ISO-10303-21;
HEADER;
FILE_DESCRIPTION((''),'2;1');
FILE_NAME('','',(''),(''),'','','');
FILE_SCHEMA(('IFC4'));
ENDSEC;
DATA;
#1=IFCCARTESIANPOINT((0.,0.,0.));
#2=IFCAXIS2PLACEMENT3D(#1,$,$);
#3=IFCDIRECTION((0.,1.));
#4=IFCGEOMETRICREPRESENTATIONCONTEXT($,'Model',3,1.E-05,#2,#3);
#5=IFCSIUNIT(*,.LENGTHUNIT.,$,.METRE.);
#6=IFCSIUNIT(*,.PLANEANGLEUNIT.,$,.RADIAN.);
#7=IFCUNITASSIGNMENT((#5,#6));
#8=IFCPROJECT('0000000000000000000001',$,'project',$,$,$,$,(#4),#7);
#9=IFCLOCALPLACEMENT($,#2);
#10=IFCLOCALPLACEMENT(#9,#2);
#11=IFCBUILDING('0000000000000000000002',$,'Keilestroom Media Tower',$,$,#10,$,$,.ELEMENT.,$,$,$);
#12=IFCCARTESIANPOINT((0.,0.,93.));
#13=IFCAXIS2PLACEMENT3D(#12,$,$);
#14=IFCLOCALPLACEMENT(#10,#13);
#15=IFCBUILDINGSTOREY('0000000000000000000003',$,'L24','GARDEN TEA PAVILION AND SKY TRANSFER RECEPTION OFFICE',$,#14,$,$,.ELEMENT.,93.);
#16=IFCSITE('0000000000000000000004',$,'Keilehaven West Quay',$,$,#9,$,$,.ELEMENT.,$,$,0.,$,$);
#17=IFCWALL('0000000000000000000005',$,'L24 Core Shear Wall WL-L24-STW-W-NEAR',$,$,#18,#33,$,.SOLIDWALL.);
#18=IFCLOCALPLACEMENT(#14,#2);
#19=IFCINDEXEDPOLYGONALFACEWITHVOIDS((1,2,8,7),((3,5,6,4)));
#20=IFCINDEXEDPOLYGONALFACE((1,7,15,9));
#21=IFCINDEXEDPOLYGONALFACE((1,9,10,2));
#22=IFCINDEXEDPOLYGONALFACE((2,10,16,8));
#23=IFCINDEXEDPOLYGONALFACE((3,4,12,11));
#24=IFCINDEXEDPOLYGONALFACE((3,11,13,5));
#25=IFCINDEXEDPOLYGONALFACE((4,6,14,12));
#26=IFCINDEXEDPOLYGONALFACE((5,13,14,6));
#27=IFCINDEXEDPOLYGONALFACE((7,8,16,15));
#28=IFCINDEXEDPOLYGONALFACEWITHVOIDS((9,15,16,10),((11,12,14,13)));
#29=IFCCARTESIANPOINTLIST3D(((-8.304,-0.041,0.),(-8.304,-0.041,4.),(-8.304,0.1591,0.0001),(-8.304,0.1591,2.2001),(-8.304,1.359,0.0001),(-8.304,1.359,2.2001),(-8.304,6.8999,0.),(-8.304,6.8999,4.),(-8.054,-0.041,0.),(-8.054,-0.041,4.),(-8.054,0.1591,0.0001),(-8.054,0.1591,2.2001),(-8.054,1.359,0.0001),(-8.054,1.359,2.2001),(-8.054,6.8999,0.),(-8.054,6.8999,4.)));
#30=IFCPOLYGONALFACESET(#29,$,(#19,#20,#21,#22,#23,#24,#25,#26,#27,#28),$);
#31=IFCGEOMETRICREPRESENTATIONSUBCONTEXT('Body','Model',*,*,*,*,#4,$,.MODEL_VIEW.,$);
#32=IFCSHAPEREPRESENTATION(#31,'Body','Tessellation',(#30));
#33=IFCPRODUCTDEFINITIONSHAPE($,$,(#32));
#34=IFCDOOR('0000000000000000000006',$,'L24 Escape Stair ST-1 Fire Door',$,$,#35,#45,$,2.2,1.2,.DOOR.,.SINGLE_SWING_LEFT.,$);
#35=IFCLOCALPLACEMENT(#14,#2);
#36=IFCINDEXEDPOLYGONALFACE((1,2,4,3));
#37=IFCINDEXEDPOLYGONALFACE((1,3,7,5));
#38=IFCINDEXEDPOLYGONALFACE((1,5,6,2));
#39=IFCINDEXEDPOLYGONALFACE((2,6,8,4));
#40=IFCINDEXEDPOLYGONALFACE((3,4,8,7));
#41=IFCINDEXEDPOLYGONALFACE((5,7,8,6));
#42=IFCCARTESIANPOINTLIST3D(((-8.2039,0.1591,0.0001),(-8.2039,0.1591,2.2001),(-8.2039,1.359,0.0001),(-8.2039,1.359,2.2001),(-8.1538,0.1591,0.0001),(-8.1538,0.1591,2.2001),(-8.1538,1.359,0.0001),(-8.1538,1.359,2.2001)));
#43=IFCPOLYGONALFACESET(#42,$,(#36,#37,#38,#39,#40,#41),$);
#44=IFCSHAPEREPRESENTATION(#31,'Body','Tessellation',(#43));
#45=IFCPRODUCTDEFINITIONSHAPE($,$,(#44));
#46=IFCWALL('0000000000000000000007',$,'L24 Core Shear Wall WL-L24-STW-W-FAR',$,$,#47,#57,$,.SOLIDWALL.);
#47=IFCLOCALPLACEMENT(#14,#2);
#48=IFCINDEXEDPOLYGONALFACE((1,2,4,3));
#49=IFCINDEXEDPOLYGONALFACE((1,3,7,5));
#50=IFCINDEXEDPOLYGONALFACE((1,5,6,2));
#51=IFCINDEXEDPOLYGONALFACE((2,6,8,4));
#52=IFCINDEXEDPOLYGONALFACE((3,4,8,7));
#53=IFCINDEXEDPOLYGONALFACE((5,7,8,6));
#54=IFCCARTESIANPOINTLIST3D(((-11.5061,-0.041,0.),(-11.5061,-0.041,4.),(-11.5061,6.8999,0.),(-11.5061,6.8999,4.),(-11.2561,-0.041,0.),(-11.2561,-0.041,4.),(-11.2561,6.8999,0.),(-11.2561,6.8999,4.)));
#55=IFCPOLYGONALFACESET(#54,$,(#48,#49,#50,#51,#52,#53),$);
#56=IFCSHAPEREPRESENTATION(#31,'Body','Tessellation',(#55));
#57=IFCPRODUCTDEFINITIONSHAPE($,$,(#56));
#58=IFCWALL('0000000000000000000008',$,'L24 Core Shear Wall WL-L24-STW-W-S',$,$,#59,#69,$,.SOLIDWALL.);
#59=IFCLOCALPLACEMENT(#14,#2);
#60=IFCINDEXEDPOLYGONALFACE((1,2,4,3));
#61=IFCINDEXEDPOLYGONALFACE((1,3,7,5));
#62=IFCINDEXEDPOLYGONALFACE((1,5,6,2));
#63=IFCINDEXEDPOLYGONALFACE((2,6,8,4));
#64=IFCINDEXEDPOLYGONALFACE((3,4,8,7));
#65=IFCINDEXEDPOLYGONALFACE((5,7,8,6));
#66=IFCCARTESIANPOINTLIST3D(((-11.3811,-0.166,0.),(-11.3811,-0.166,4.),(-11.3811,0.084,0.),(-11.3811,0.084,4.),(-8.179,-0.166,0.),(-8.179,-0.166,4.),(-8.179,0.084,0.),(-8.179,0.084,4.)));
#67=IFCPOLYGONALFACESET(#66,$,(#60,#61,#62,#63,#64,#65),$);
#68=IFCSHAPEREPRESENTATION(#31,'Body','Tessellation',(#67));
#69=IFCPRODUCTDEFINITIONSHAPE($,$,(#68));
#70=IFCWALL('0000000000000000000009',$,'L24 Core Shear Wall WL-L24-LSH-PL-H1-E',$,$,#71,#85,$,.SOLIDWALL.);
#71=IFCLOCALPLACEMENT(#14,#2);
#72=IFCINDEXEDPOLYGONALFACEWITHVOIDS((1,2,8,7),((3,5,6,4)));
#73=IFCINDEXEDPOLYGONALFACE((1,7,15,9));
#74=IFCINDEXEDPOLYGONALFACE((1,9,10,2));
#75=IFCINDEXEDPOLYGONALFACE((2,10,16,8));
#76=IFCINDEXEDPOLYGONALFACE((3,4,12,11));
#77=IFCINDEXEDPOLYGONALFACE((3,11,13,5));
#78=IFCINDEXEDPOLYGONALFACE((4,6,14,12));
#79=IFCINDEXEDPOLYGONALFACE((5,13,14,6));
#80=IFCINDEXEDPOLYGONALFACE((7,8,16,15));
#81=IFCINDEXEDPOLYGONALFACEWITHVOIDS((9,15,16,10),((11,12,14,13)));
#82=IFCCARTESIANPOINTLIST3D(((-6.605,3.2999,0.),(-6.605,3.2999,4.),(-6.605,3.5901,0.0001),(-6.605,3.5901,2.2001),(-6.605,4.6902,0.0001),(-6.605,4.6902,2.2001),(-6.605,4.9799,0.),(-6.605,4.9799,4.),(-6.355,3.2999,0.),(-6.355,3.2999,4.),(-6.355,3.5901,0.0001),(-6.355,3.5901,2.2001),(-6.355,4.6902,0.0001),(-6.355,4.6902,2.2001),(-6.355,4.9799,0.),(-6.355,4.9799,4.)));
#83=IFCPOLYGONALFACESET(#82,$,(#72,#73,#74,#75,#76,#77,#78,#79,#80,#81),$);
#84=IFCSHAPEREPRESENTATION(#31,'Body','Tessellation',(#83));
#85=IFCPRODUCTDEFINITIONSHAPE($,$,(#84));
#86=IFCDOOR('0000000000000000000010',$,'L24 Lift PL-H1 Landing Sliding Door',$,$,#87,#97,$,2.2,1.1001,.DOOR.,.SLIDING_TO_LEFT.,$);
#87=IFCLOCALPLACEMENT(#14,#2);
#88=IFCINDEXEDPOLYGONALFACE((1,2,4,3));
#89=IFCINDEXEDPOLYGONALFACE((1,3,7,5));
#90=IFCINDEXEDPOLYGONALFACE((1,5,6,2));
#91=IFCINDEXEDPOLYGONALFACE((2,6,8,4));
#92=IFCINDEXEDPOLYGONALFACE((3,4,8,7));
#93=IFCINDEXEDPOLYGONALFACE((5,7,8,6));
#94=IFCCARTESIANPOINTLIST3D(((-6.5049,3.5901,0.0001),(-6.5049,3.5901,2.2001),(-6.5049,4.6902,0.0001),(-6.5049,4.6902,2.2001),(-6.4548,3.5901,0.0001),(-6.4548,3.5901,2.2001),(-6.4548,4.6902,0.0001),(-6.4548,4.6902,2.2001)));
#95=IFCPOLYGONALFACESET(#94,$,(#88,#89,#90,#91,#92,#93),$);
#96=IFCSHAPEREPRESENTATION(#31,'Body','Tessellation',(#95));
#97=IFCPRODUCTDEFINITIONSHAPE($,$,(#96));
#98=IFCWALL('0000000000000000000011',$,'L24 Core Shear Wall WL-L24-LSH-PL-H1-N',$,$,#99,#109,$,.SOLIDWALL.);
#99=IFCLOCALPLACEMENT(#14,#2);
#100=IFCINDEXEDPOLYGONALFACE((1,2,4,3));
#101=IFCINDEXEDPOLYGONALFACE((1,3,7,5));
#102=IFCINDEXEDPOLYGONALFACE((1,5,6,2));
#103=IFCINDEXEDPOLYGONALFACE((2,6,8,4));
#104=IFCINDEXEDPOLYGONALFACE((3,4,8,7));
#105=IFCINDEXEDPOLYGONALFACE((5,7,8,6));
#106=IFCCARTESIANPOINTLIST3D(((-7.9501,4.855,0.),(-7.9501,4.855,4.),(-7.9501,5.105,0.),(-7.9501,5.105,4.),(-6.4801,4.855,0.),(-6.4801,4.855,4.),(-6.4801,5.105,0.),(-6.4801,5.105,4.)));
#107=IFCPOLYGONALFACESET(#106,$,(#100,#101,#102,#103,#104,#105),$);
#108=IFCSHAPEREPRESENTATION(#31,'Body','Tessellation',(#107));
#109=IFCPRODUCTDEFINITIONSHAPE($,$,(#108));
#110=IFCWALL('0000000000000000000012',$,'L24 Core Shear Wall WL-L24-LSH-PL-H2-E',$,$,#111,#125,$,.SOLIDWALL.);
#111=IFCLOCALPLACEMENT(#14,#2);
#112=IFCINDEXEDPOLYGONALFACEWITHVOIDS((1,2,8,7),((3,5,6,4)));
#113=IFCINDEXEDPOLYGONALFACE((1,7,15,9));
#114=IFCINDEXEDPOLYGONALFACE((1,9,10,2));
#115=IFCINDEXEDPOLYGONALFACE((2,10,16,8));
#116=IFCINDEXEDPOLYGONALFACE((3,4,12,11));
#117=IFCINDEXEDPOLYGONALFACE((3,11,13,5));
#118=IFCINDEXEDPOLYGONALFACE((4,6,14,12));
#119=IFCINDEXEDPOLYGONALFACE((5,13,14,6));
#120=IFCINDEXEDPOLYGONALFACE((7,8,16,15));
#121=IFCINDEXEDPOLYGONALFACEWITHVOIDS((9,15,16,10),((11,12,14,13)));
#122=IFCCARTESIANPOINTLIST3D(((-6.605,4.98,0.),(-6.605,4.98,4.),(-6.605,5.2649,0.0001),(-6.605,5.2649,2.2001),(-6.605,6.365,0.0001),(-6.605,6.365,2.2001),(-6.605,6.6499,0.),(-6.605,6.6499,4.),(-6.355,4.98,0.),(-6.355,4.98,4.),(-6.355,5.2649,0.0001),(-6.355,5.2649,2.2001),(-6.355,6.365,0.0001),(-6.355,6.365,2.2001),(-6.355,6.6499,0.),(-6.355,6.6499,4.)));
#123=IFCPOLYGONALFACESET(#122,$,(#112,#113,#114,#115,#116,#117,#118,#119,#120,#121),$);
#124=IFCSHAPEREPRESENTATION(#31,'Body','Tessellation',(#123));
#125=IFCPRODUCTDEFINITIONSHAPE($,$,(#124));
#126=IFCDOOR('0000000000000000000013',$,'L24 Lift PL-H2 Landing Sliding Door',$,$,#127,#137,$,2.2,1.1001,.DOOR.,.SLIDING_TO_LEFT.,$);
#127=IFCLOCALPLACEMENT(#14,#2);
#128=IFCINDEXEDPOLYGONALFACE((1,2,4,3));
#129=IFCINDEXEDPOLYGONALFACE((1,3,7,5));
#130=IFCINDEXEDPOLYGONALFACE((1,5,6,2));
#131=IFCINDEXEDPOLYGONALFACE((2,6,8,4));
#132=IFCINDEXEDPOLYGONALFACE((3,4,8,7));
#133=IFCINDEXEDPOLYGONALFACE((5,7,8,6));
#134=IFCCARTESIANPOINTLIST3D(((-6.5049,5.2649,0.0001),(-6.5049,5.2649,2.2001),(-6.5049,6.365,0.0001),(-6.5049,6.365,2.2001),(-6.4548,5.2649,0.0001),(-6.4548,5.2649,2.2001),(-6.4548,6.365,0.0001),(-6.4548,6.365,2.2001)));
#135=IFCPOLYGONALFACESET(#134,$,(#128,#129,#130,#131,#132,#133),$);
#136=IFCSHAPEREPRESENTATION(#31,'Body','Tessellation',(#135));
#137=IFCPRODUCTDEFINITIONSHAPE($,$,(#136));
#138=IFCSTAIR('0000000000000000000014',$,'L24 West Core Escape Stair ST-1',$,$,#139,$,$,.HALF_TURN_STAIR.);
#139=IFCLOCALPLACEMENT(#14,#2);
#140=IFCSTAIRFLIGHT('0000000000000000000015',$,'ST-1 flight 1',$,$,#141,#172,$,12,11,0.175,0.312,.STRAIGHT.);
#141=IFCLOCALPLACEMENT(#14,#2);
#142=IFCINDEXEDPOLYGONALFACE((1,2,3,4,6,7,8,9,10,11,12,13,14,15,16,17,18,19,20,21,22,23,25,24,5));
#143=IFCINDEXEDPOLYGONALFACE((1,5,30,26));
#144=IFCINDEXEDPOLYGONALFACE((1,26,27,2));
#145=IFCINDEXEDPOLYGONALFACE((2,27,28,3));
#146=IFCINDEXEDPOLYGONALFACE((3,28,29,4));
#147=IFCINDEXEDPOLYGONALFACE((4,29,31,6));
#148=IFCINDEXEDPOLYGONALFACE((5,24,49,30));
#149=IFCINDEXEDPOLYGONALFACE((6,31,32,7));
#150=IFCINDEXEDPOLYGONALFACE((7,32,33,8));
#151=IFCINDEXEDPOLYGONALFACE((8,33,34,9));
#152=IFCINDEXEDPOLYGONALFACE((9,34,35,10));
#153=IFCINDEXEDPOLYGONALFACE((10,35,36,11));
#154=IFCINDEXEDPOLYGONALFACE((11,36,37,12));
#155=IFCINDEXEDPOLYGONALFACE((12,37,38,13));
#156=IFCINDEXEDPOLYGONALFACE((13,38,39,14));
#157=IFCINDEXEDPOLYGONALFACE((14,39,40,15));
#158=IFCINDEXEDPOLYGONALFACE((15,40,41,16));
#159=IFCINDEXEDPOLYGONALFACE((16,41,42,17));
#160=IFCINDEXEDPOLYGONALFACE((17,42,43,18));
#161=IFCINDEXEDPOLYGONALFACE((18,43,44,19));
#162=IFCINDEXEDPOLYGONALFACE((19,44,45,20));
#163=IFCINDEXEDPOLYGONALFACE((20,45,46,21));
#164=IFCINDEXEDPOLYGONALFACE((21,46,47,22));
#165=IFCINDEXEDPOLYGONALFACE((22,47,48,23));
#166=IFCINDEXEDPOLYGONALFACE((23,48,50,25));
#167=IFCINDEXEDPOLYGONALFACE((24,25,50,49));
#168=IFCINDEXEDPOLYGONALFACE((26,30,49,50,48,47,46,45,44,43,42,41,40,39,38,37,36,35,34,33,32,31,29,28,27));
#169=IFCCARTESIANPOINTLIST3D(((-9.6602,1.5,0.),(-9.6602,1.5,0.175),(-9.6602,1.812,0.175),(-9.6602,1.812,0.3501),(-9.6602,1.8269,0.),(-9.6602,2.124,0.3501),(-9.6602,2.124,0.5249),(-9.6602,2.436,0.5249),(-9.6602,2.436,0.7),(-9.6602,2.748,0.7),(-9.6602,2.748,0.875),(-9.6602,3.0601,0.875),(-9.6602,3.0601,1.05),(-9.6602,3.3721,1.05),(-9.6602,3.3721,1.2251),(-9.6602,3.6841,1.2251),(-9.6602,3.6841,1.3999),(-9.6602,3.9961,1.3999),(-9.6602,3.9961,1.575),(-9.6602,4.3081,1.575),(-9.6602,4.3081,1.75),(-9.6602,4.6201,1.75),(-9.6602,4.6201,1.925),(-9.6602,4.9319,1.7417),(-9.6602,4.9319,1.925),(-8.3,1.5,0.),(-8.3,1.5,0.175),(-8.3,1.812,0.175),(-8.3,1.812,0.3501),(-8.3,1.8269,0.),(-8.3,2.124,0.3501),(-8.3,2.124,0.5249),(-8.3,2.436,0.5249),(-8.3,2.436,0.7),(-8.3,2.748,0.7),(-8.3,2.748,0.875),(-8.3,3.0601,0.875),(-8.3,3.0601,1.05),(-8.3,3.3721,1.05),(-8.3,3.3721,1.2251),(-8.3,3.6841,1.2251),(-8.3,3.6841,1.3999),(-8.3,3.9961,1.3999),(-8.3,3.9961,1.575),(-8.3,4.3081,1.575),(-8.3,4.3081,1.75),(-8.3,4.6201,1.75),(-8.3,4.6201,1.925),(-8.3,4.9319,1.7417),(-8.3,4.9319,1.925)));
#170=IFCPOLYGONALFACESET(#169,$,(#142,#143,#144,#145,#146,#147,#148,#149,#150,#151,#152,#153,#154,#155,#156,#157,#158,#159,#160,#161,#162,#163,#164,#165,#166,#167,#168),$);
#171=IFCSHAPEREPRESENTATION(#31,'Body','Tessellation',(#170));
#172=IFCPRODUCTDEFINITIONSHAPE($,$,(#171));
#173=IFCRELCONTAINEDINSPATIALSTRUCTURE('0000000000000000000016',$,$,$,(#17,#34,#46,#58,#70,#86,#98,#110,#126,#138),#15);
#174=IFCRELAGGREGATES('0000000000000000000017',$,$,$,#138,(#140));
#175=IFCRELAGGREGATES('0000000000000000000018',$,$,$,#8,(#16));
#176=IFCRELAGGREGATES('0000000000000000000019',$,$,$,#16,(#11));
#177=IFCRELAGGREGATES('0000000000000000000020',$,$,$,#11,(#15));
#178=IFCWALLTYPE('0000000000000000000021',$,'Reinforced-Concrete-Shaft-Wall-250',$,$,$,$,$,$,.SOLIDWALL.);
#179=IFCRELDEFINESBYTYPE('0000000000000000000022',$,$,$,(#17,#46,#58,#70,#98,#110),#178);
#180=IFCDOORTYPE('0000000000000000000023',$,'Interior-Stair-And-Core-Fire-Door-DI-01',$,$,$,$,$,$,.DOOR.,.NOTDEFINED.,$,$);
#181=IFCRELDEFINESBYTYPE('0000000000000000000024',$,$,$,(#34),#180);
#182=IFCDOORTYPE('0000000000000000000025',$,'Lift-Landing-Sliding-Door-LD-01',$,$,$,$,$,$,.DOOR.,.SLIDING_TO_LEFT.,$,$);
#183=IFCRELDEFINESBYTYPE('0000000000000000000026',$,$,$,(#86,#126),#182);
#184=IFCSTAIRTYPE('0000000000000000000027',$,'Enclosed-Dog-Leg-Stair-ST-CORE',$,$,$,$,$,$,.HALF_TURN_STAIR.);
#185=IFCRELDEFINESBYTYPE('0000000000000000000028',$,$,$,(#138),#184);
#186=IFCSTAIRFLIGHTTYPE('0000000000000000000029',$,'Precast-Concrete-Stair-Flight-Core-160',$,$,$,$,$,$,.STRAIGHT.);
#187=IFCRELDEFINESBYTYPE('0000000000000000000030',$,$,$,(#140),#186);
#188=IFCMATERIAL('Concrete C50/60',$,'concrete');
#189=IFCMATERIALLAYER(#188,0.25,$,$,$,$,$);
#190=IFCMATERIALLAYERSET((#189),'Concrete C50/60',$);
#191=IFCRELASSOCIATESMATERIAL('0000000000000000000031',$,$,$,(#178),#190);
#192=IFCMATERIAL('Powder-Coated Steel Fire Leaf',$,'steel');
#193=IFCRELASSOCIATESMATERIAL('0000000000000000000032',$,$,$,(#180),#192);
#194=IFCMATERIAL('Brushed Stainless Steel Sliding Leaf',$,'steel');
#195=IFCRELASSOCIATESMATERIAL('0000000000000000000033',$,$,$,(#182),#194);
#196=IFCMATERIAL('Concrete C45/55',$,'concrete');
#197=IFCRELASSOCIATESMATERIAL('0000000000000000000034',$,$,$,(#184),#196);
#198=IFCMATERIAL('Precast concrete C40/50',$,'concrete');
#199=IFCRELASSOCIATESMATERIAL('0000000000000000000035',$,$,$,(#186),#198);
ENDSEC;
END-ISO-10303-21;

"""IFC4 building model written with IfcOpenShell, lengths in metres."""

from ifc_helpers import new_model, si_unit, direction, frame, frame_2d, origin, place, context, subcontext, project, spatial, polyline, rectangle, outline, extrude, source, transform, mapped, material, layer, layer_set, type_object, element, fill, aggregate, save


model = new_model("IFC4")

# Units and contexts
model_context = context("Model", 3, precision=1e-05, world=origin(), true_north=direction((0.0, 1.0)))
body_context = subcontext(model_context, "Body", "Model", "MODEL_VIEW")
ifc_project = project(units=[si_unit("LENGTHUNIT", "METRE"), si_unit("PLANEANGLEUNIT", "RADIAN")], contexts=[model_context])

# Site, building, storey
site_placement = place(None, origin())
site = spatial("IfcSite", under=ifc_project, at=site_placement, Name="Keilehaven West Quay", CompositionType="ELEMENT", RefElevation=0.0)
building_placement = place(site_placement, origin())
building = spatial("IfcBuilding", under=site, at=building_placement, Name="Keilestroom Media Tower", CompositionType="ELEMENT")
storey_placement = place(building_placement, frame((0.0, 0.0, 93.0)))
storey = spatial("IfcBuildingStorey", under=building, at=storey_placement, Name="L24", Description="GARDEN TEA PAVILION AND SKY TRANSFER RECEPTION OFFICE", CompositionType="ELEMENT", Elevation=93.0)

# Shared definitions
ifc_material_1 = material(Name="Concrete C50/60", Category="concrete")

# Shared definitions
ifc_layer_1 = layer(ifc_material_1, 0.25)
ifc_layer_set_1 = layer_set([ifc_layer_1], Name="Concrete C50/60")
wall_type_1 = type_object("IfcWallType", Name="Reinforced-Concrete-Shaft-Wall-250", PredefinedType="SOLIDWALL", material=ifc_layer_set_1)

# Wall, opening, door
wall_1_placement = place(storey_placement, frame((-8.179, -0.041, 0.0), z_axis=(0.0, 0.0, 1.0), x_axis=(0.0, 1.0, 0.0)))
wall_1 = element("IfcWall", 1, at=wall_1_placement, inside=storey, type_object=wall_type_1, Name="L24 Core Shear Wall WL-L24-STW-W-NEAR", PredefinedType="SOLIDWALL", context=body_context, shape_type="SweptSolid", body=[
    extrude(rectangle(XDim=6.9409, YDim=0.25, at=frame_2d((3.4705, 0.0))), origin(), (0.0, 0.0, 1.0), 4.0),
])
opening_1_placement = place(wall_1_placement, frame((0.2, 0.0, 0.0)))
opening_1 = element("IfcOpeningElement", 2, at=opening_1_placement, cuts=wall_1, PredefinedType="OPENING", context=body_context, shape_type="SweptSolid", body=[
    extrude(rectangle(XDim=1.2, YDim=2.2, at=frame_2d((0.6001, 1.1001))), frame((0.0, 0.135, 0.0), z_axis=(0.0, -1.0, 0.0), x_axis=(1.0, 0.0, 0.0)), (0.0, 0.0, 1.0), 0.27),
])
ifc_material_2 = material(Name="Powder-Coated Steel Fire Leaf", Category="steel")
door_type_1 = type_object("IfcDoorType", Name="Interior-Stair-And-Core-Fire-Door-DI-01", OperationType="NOTDEFINED", PredefinedType="DOOR", material=ifc_material_2)
shared_shape_1 = source(origin(), body_context, "Body", "SweptSolid", [
    extrude(rectangle(XDim=1.2, YDim=2.2, at=frame_2d((0.6001, 1.1001))), frame((0.0, 0.0249, 0.0), z_axis=(0.0, -1.0, 0.0), x_axis=(1.0, 0.0, 0.0)), (0.0, 0.0, 1.0), 0.05),
])
door_1_placement = place(opening_1_placement, origin())
door_1 = element("IfcDoor", 3, at=door_1_placement, inside=storey, type_object=door_type_1, Name="L24 Escape Stair ST-1 Fire Door", OperationType="SINGLE_SWING_LEFT", OverallHeight=2.2, OverallWidth=1.2, PredefinedType="DOOR", context=body_context, shape_type="MappedRepresentation", body=[
    mapped(shared_shape_1, transform((0.0, 0.0, 0.0), x_axis=(1.0, 0.0, 0.0), y_axis=(0.0, 1.0, 0.0), z_axis=(0.0, 0.0, 1.0), scale=1.0)),
])
fill(opening_1, door_1)

# Walls
wall_2_placement = place(storey_placement, frame((-11.3811, -0.041, 0.0), z_axis=(0.0, 0.0, 1.0), x_axis=(0.0, 1.0, 0.0)))
element("IfcWall", 4, at=wall_2_placement, inside=storey, type_object=wall_type_1, Name="L24 Core Shear Wall WL-L24-STW-W-FAR", PredefinedType="SOLIDWALL", context=body_context, shape_type="SweptSolid", body=[
    extrude(rectangle(XDim=6.9409, YDim=0.25, at=frame_2d((3.4705, 0.0))), origin(), (0.0, 0.0, 1.0), 4.0),
])
wall_3_placement = place(storey_placement, frame((-11.3811, -0.041, 0.0), z_axis=(0.0, 0.0, 1.0), x_axis=(1.0, 0.0, 0.0)))
element("IfcWall", 5, at=wall_3_placement, inside=storey, type_object=wall_type_1, Name="L24 Core Shear Wall WL-L24-STW-W-S", PredefinedType="SOLIDWALL", context=body_context, shape_type="SweptSolid", body=[
    extrude(rectangle(XDim=3.2021, YDim=0.25, at=frame_2d((1.6011, 0.0))), origin(), (0.0, 0.0, 1.0), 4.0),
])

# Wall, opening, door
wall_4_placement = place(storey_placement, frame((-6.48, 3.3, 0.0), z_axis=(0.0, 0.0, 1.0), x_axis=(0.0, 1.0, 0.0)))
wall_4 = element("IfcWall", 6, at=wall_4_placement, inside=storey, type_object=wall_type_1, Name="L24 Core Shear Wall WL-L24-LSH-PL-H1-E", PredefinedType="SOLIDWALL", context=body_context, shape_type="SweptSolid", body=[
    extrude(rectangle(XDim=1.6799, YDim=0.25, at=frame_2d((0.8398, 0.0))), origin(), (0.0, 0.0, 1.0), 4.0),
])
opening_2_placement = place(wall_4_placement, frame((0.29, 0.0, 0.0)))
opening_2 = element("IfcOpeningElement", 7, at=opening_2_placement, cuts=wall_4, PredefinedType="OPENING", context=body_context, shape_type="SweptSolid", body=[
    extrude(rectangle(XDim=1.1001, YDim=2.2, at=frame_2d((0.55, 1.1001))), frame((0.0, 0.135, 0.0), z_axis=(0.0, -1.0, 0.0), x_axis=(1.0, 0.0, 0.0)), (0.0, 0.0, 1.0), 0.27),
])
ifc_material_3 = material(Name="Brushed Stainless Steel Sliding Leaf", Category="steel")
door_type_2 = type_object("IfcDoorType", Name="Lift-Landing-Sliding-Door-LD-01", OperationType="SLIDING_TO_LEFT", PredefinedType="DOOR", material=ifc_material_3)
shared_shape_2 = source(origin(), body_context, "Body", "SweptSolid", [
    extrude(rectangle(XDim=1.1001, YDim=2.2, at=frame_2d((0.55, 1.1001))), frame((0.0, 0.0249, 0.0), z_axis=(0.0, -1.0, 0.0), x_axis=(1.0, 0.0, 0.0)), (0.0, 0.0, 1.0), 0.05),
])
door_2_placement = place(opening_2_placement, origin())
door_2 = element("IfcDoor", 8, at=door_2_placement, inside=storey, type_object=door_type_2, Name="L24 Lift PL-H1 Landing Sliding Door", OperationType="SLIDING_TO_LEFT", OverallHeight=2.2, OverallWidth=1.1001, PredefinedType="DOOR", context=body_context, shape_type="MappedRepresentation", body=[
    mapped(shared_shape_2, transform((0.0, 0.0, 0.0), x_axis=(1.0, 0.0, 0.0), y_axis=(0.0, 1.0, 0.0), z_axis=(0.0, 0.0, 1.0), scale=1.0)),
])
fill(opening_2, door_2)

# Wall
wall_5_placement = place(storey_placement, frame((-7.95, 4.98, 0.0), z_axis=(0.0, 0.0, 1.0), x_axis=(1.0, 0.0, 0.0)))
element("IfcWall", 9, at=wall_5_placement, inside=storey, type_object=wall_type_1, Name="L24 Core Shear Wall WL-L24-LSH-PL-H1-N", PredefinedType="SOLIDWALL", context=body_context, shape_type="SweptSolid", body=[
    extrude(rectangle(XDim=1.47, YDim=0.25, at=frame_2d((0.7349, 0.0))), origin(), (0.0, 0.0, 1.0), 4.0),
])

# Wall, opening, door
wall_6_placement = place(storey_placement, frame((-6.48, 4.98, 0.0), z_axis=(0.0, 0.0, 1.0), x_axis=(0.0, 1.0, 0.0)))
wall_6 = element("IfcWall", 10, at=wall_6_placement, inside=storey, type_object=wall_type_1, Name="L24 Core Shear Wall WL-L24-LSH-PL-H2-E", PredefinedType="SOLIDWALL", context=body_context, shape_type="SweptSolid", body=[
    extrude(rectangle(XDim=1.6699, YDim=0.25, at=frame_2d((0.835, 0.0))), origin(), (0.0, 0.0, 1.0), 4.0),
])
opening_3_placement = place(wall_6_placement, frame((0.2849, 0.0, 0.0)))
opening_3 = element("IfcOpeningElement", 11, at=opening_3_placement, cuts=wall_6, PredefinedType="OPENING", context=body_context, shape_type="SweptSolid", body=[
    extrude(rectangle(XDim=1.1001, YDim=2.2, at=frame_2d((0.55, 1.1001))), frame((0.0, 0.135, 0.0), z_axis=(0.0, -1.0, 0.0), x_axis=(1.0, 0.0, 0.0)), (0.0, 0.0, 1.0), 0.27),
])
door_3_placement = place(opening_3_placement, origin())
door_3 = element("IfcDoor", 12, at=door_3_placement, inside=storey, type_object=door_type_2, Name="L24 Lift PL-H2 Landing Sliding Door", OperationType="SLIDING_TO_LEFT", OverallHeight=2.2, OverallWidth=1.1001, PredefinedType="DOOR", context=body_context, shape_type="MappedRepresentation", body=[
    mapped(shared_shape_2, transform((0.0, 0.0, 0.0), x_axis=(1.0, 0.0, 0.0), y_axis=(0.0, 1.0, 0.0), z_axis=(0.0, 0.0, 1.0), scale=1.0)),
])
fill(opening_3, door_3)

# Stair, stair flight
ifc_material_4 = material(Name="Concrete C45/55", Category="concrete")
stair_type = type_object("IfcStairType", Name="Enclosed-Dog-Leg-Stair-ST-CORE", PredefinedType="HALF_TURN_STAIR", material=ifc_material_4)
stair_placement = place(storey_placement, origin())
stair = element("IfcStair", 13, at=stair_placement, inside=storey, type_object=stair_type, Name="L24 West Core Escape Stair ST-1", PredefinedType="HALF_TURN_STAIR")
ifc_material_5 = material(Name="Precast concrete C40/50", Category="concrete")
stair_flight_type = type_object("IfcStairFlightType", Name="Precast-Concrete-Stair-Flight-Core-160", PredefinedType="STRAIGHT", material=ifc_material_5)
stair_flight_1_placement = place(storey_placement, frame((-8.98, 1.5, 0.0), z_axis=(0.0, 0.0, 1.0), x_axis=(0.0, 1.0, 0.0)))
stair_flight_1 = element("IfcStairFlight", 14, at=stair_flight_1_placement, type_object=stair_flight_type, Name="ST-1 flight 1", NumberOfRisers=12, NumberOfTreads=11, PredefinedType="STRAIGHT", RiserHeight=0.175, TreadLength=0.312, context=body_context, shape_type="SweptSolid", body=[
    extrude(outline(polyline([(0.0, 0.0), (0.0, 0.175), (0.312, 0.175), (0.312, 0.3501), (0.624, 0.3501), (0.624, 0.5249), (0.936, 0.5249), (0.936, 0.7), (1.248, 0.7), (1.248, 0.875), (1.5601, 0.875), (1.5601, 1.05), (1.8721, 1.05), (1.8721, 1.2251), (2.1841, 1.2251), (2.1841, 1.3999), (2.4961, 1.3999), (2.4961, 1.575), (2.8081, 1.575), (2.8081, 1.75), (3.1201, 1.75), (3.1201, 1.925), (3.4319, 1.925), (3.4319, 2.1001), (3.4319, 1.7417), (0.3269, 0.0), (0.0, 0.0)])), frame((0.0, 0.6802, 0.0), z_axis=(0.0, -1.0, 0.0), x_axis=(1.0, 0.0, 0.0)), (0.0, 0.0, 1.0), 1.3601),
])
aggregate(stair, [stair_flight_1])

save(model, "model.ifc")
